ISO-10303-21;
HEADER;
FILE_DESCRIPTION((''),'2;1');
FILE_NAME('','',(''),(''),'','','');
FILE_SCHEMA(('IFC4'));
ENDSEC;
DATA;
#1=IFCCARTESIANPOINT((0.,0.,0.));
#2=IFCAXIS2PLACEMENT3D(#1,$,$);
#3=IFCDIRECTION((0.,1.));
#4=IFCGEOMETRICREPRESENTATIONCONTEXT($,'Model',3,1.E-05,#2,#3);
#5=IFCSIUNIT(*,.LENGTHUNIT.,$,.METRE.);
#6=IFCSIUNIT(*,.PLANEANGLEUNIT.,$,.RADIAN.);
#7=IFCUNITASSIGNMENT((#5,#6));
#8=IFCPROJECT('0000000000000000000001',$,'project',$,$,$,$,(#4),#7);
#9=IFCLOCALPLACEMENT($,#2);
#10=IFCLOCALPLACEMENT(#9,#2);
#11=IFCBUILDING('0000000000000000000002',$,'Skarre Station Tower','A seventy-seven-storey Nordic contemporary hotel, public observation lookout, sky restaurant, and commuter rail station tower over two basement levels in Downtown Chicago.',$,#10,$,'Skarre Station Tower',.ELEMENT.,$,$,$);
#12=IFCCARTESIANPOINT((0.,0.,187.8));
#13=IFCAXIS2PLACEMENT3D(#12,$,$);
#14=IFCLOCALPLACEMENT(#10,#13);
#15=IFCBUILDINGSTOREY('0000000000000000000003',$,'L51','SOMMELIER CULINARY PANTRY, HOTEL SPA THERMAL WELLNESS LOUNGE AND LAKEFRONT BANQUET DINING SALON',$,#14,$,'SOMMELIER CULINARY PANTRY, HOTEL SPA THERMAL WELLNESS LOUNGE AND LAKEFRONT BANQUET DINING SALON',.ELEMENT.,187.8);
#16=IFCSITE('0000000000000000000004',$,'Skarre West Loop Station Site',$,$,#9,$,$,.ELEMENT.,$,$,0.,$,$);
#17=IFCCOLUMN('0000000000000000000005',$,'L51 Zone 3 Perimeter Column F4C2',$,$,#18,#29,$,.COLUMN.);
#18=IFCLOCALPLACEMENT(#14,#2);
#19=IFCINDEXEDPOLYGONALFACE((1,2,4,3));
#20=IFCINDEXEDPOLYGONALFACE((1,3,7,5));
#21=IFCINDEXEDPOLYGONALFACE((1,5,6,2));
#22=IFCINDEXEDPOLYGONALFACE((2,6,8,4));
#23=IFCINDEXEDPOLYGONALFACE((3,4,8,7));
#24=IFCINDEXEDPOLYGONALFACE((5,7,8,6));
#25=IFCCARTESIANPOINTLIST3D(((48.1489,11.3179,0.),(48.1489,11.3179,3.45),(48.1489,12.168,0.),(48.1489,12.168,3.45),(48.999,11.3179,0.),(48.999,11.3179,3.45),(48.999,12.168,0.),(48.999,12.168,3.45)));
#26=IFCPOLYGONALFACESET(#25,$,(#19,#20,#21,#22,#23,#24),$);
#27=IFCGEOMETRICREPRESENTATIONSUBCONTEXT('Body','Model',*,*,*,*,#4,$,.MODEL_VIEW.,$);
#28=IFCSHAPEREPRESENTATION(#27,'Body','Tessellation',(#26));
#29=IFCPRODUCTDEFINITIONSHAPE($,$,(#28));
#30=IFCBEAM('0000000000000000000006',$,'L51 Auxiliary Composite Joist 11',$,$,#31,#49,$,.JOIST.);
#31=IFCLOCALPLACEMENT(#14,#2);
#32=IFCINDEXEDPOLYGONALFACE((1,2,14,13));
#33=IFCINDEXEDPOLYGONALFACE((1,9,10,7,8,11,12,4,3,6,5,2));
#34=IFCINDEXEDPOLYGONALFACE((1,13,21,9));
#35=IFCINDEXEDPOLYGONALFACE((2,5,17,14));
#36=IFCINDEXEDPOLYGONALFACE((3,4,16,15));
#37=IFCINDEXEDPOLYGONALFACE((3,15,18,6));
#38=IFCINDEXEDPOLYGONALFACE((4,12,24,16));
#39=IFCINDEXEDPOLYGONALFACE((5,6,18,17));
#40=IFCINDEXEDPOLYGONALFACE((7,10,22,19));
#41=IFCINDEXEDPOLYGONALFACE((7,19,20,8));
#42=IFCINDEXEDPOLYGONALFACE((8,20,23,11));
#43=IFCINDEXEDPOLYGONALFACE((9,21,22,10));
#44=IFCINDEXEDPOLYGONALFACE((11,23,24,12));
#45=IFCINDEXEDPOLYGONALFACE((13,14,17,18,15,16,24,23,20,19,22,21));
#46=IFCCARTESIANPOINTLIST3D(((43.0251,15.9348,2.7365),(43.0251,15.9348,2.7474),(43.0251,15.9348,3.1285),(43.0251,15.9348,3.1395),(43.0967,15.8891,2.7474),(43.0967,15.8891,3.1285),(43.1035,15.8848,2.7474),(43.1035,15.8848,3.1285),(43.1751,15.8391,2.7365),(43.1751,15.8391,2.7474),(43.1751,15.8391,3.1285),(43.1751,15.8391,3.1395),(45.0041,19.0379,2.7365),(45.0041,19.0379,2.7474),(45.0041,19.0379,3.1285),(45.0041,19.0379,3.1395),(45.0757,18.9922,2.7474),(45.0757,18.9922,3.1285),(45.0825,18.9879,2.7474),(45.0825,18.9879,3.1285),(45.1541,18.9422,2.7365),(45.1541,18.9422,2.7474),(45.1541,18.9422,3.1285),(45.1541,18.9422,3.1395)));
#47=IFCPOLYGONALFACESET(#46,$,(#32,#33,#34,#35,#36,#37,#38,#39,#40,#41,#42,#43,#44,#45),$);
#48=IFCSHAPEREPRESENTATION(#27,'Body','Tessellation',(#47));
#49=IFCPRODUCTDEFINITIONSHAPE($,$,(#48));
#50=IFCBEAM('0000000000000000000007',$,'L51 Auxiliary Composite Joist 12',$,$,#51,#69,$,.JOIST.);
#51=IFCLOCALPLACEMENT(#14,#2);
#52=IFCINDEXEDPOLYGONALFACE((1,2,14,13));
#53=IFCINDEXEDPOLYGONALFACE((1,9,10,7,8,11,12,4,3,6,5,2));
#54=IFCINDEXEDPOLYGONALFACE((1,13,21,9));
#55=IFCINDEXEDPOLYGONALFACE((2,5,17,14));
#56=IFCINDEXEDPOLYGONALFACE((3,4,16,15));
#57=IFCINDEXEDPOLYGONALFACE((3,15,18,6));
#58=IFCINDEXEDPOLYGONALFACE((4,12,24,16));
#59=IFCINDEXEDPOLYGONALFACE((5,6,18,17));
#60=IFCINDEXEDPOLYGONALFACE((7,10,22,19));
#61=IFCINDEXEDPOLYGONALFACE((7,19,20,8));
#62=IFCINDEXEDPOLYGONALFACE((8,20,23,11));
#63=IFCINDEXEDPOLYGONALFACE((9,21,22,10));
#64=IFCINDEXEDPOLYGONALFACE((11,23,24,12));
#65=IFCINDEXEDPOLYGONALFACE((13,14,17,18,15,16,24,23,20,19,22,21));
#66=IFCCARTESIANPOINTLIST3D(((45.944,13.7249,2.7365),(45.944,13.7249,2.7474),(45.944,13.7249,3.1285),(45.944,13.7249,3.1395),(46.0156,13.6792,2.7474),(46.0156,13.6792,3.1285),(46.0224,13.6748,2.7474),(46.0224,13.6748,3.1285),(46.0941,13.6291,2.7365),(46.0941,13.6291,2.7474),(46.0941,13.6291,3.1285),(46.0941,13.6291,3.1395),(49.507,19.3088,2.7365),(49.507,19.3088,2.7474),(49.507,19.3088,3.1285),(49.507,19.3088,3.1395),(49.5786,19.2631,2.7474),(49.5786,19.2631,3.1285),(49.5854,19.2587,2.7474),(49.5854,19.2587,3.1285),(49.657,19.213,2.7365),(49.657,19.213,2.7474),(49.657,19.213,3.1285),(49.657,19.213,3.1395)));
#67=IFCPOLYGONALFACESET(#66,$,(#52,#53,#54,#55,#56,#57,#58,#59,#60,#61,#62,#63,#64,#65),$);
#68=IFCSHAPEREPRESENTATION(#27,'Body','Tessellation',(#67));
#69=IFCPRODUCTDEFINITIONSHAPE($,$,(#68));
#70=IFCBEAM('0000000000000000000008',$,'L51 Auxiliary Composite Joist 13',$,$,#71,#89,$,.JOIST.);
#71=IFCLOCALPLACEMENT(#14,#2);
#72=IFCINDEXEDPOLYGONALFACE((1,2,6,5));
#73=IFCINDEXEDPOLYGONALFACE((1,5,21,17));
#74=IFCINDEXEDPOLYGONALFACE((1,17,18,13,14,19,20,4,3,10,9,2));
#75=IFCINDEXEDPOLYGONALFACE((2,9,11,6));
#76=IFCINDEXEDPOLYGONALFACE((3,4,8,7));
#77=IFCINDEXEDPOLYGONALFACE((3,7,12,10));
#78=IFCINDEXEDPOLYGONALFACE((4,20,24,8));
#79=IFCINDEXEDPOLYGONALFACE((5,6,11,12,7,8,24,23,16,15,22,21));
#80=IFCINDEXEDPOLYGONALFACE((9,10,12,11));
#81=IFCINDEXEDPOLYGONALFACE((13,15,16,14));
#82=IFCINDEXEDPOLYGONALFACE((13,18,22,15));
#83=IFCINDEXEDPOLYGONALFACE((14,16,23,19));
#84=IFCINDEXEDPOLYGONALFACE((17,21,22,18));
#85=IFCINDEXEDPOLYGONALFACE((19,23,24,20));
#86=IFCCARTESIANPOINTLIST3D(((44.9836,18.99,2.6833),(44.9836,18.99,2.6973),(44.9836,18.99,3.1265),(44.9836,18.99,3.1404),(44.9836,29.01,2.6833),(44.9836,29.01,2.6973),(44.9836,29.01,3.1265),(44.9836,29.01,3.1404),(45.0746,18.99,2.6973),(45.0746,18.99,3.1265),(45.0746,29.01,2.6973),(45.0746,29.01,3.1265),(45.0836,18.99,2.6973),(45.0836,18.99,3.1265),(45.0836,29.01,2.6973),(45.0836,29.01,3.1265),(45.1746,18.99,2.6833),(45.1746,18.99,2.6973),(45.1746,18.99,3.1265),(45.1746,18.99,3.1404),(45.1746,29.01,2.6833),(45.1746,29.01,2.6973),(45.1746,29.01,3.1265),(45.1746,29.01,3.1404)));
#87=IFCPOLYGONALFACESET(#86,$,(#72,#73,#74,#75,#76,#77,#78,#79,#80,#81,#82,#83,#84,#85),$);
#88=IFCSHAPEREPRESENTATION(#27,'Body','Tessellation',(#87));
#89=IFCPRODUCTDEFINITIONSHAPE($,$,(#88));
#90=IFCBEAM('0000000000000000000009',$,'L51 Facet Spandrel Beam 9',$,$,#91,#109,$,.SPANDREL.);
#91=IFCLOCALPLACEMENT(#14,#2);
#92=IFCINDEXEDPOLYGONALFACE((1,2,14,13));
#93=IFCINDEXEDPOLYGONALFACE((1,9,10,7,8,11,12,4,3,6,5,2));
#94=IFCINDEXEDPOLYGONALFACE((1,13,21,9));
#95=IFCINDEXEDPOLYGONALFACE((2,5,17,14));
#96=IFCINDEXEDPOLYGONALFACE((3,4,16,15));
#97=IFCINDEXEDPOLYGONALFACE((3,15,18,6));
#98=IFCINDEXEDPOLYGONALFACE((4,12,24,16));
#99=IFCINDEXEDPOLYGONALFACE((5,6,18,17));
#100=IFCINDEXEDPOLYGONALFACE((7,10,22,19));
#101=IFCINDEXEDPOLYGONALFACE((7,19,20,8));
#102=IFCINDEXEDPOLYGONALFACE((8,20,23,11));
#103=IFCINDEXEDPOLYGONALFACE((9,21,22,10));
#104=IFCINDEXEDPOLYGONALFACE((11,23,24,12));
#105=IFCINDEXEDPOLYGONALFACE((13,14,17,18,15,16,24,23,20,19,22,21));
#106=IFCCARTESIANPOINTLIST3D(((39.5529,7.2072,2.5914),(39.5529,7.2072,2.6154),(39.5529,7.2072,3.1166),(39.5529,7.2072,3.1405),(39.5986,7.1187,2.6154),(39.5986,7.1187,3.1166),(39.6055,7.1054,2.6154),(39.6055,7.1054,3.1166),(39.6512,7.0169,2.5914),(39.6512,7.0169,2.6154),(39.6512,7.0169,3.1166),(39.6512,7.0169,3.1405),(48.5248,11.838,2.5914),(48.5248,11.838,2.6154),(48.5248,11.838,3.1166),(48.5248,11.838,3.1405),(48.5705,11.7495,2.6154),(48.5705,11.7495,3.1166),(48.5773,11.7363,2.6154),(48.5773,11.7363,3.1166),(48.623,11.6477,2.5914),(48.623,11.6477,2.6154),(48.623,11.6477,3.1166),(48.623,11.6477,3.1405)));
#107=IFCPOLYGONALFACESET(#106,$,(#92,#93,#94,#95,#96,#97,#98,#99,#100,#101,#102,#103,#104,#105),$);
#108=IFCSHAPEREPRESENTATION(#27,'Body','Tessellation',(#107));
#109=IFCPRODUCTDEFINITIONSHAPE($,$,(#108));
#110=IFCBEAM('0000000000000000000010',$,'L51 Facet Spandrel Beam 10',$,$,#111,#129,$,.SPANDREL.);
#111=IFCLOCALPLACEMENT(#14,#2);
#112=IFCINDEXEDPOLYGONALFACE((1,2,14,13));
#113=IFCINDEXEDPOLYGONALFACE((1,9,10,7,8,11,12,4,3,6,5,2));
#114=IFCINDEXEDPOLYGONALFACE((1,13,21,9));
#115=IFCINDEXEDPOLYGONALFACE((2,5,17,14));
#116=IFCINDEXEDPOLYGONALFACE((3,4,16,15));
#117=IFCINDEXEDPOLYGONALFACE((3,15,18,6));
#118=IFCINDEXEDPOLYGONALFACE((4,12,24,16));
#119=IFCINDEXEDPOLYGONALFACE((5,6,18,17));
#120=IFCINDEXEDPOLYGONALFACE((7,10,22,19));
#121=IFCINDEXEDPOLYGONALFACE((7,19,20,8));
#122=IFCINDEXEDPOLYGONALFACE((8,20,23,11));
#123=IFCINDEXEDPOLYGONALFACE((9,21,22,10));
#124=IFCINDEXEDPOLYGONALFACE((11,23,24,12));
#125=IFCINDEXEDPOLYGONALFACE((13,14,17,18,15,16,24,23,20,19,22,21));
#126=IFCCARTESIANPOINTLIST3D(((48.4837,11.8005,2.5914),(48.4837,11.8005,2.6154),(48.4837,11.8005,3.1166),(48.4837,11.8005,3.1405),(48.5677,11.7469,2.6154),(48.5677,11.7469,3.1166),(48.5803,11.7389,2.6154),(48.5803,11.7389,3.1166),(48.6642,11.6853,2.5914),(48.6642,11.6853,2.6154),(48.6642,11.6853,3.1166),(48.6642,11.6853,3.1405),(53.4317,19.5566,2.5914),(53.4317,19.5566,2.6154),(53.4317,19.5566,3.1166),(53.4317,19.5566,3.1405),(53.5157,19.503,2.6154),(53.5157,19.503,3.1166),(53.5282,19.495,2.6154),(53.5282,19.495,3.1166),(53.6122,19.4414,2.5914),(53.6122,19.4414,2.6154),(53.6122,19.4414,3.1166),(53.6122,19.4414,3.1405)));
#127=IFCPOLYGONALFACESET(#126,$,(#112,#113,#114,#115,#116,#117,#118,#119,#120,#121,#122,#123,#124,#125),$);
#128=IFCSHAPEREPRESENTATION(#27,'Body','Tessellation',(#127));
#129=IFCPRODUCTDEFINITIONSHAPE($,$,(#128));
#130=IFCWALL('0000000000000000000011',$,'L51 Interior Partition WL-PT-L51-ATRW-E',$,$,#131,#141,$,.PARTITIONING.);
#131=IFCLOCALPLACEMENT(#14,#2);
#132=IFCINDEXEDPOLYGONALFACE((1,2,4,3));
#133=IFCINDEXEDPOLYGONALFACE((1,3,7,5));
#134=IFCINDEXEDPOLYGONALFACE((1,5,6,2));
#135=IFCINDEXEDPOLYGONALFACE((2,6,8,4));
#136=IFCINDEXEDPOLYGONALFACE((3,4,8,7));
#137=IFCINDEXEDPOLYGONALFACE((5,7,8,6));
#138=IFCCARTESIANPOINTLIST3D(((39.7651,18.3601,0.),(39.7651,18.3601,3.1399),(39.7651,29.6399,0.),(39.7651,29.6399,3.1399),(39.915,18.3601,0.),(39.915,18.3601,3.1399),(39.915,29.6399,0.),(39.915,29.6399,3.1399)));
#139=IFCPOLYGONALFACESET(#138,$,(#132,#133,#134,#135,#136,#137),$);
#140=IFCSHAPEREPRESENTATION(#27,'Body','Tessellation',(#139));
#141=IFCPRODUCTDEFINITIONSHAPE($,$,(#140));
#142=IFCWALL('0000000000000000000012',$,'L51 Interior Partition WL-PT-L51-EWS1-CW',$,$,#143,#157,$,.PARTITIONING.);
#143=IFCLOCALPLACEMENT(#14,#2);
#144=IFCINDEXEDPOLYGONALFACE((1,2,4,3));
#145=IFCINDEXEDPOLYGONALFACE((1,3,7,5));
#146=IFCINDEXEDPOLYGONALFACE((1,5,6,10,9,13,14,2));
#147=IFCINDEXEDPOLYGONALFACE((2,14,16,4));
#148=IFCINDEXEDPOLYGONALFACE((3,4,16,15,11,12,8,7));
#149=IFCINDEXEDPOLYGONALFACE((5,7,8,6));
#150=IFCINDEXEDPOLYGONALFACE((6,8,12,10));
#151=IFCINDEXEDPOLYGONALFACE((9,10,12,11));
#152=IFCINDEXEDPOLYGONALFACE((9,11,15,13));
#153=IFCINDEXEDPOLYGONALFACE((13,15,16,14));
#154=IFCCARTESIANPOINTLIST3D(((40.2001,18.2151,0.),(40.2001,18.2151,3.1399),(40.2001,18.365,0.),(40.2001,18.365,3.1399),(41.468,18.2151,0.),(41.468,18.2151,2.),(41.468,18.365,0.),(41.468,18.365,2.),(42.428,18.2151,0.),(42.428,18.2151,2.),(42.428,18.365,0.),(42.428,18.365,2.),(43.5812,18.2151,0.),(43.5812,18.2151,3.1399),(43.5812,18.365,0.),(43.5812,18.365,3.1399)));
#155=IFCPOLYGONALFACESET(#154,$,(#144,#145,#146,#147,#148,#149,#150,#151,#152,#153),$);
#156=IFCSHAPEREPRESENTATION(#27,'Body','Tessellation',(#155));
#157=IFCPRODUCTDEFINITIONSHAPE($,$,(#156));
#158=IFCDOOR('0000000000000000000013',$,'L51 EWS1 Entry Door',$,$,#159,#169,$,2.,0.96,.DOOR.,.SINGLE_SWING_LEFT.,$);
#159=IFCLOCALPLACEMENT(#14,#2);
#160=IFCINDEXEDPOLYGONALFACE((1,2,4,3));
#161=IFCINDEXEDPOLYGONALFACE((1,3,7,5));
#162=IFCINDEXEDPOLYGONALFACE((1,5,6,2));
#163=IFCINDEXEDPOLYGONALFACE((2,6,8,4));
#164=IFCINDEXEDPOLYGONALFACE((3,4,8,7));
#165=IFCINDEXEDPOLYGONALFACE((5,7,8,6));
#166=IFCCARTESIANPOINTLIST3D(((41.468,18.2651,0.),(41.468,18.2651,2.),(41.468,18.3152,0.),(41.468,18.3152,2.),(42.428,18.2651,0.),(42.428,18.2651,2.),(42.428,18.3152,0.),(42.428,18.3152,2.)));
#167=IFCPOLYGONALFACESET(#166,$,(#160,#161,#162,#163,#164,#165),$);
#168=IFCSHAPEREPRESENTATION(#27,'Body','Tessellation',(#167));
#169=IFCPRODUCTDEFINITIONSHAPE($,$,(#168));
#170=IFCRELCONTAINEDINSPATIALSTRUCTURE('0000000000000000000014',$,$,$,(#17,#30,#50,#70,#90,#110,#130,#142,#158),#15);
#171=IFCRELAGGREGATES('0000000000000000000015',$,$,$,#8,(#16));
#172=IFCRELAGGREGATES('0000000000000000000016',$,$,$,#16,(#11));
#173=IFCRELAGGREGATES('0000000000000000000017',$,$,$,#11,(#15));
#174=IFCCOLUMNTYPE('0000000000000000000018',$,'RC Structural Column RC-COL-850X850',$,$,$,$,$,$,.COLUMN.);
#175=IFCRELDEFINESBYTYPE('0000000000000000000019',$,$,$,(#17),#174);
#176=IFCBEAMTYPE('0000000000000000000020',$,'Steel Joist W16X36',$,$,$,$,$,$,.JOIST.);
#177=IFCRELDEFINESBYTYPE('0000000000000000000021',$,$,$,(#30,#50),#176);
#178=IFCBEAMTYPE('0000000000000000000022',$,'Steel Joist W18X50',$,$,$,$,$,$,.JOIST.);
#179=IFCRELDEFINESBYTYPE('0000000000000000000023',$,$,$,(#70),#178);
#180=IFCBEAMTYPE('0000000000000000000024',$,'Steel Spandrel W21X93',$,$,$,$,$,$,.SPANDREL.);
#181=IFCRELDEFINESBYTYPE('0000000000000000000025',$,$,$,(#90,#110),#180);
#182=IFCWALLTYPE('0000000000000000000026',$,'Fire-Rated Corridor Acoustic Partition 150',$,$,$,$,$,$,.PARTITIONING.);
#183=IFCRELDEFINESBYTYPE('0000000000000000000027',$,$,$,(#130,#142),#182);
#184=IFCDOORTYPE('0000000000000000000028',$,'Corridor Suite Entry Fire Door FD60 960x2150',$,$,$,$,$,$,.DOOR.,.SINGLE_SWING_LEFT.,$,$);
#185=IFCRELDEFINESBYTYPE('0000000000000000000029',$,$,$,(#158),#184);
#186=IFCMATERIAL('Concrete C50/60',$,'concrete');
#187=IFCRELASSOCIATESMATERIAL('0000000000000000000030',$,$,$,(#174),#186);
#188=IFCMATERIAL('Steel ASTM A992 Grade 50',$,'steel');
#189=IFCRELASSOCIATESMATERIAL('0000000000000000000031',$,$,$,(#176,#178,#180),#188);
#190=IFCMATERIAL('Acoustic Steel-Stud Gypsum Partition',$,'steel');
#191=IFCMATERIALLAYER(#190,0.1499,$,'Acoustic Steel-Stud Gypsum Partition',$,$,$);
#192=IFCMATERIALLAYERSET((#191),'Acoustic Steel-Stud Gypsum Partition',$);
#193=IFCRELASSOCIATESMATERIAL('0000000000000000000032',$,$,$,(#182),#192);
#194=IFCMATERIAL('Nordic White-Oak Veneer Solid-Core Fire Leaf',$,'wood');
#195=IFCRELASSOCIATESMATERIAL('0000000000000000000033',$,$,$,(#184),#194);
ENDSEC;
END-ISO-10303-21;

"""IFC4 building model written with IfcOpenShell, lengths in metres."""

from ifc_helpers import new_model, si_unit, direction, frame, frame_2d, origin, origin_2d, place, context, subcontext, project, spatial, rectangle, i_section, extrude, material, layer, layer_set, material_profile, profile_set, type_object, element, fill, save


model = new_model("IFC4")

# Units and contexts
model_context = context("Model", 3, precision=1e-05, world=origin(), true_north=direction((0.0, 1.0)))
body_context = subcontext(model_context, "Body", "Model", "MODEL_VIEW")
ifc_project = project(units=[si_unit("LENGTHUNIT", "METRE"), si_unit("PLANEANGLEUNIT", "RADIAN")], contexts=[model_context])

# Site, building, storey
site_placement = place(None, origin())
site = spatial("IfcSite", under=ifc_project, at=site_placement, Name="Skarre West Loop Station Site", CompositionType="ELEMENT", RefElevation=0.0)
building_placement = place(site_placement, origin())
building = spatial("IfcBuilding", under=site, at=building_placement, Name="Skarre Station Tower", Description="A seventy-seven-storey Nordic contemporary hotel, public observation lookout, sky restaurant, and commuter rail station tower over two basement levels in Downtown Chicago.", LongName="Skarre Station Tower", CompositionType="ELEMENT")
storey_placement = place(building_placement, frame((0.0, 0.0, 187.8)))
storey = spatial("IfcBuildingStorey", under=building, at=storey_placement, Name="L51", Description="SOMMELIER CULINARY PANTRY, HOTEL SPA THERMAL WELLNESS LOUNGE AND LAKEFRONT BANQUET DINING SALON", LongName="SOMMELIER CULINARY PANTRY, HOTEL SPA THERMAL WELLNESS LOUNGE AND LAKEFRONT BANQUET DINING SALON", CompositionType="ELEMENT", Elevation=187.8)

# Column
ifc_material_1 = material(Name="Concrete C50/60", Category="concrete")
ifc_material_profile_1 = material_profile(ifc_material_1, rectangle(XDim=0.8501, YDim=0.8501, at=origin_2d()), Name="Concrete C50/60")
ifc_profile_set_1 = profile_set([ifc_material_profile_1], Name="Concrete C50/60")
column_type = type_object("IfcColumnType", Name="RC Structural Column RC-COL-850X850", PredefinedType="COLUMN", material=ifc_profile_set_1)
column_placement = place(storey_placement, frame((48.574, 11.7429, 0.0), z_axis=(0.0, 0.0, 1.0), x_axis=(1.0, 0.0, 0.0)))
element("IfcColumn", 1, at=column_placement, inside=storey, type_object=column_type, Name="L51 Zone 3 Perimeter Column F4C2", PredefinedType="COLUMN", context=body_context, shape_type="SweptSolid", body=[
    extrude(rectangle(XDim=0.8501, YDim=0.8501, at=origin_2d()), origin(), (0.0, 0.0, 1.0), 3.45),
])

# Beams
ifc_material_2 = material(Name="Steel ASTM A992 Grade 50", Category="steel")
ifc_material_profile_2 = material_profile(ifc_material_2, i_section(OverallWidth=0.178, OverallDepth=0.4031, WebThickness=0.0081, FlangeThickness=0.011, at=origin_2d()), Name="Steel ASTM A992 Grade 50")
ifc_profile_set_2 = profile_set([ifc_material_profile_2], Name="Steel ASTM A992 Grade 50")
beam_type_1 = type_object("IfcBeamType", Name="Steel Joist W16X36", PredefinedType="JOIST", material=ifc_profile_set_2)
beam_1_placement = place(storey_placement, frame((43.1001, 15.887, 2.938), z_axis=(0.537717, 0.843126, 0.0), x_axis=(-0.843126, 0.537717, 0.0)))
element("IfcBeam", 2, at=beam_1_placement, inside=storey, type_object=beam_type_1, Name="L51 Auxiliary Composite Joist 11", PredefinedType="JOIST", context=body_context, shape_type="SweptSolid", body=[
    extrude(i_section(OverallWidth=0.178, OverallDepth=0.4031, WebThickness=0.0081, FlangeThickness=0.011, at=origin_2d()), origin(), (0.0, 0.0, 1.0), 3.6804),
])
beam_2_placement = place(storey_placement, frame((46.019, 13.677, 2.938), z_axis=(0.537901, 0.843008, 0.0), x_axis=(-0.843008, 0.537901, 0.0)))
element("IfcBeam", 3, at=beam_2_placement, inside=storey, type_object=beam_type_1, Name="L51 Auxiliary Composite Joist 12", PredefinedType="JOIST", context=body_context, shape_type="SweptSolid", body=[
    extrude(i_section(OverallWidth=0.178, OverallDepth=0.4031, WebThickness=0.0081, FlangeThickness=0.011, at=origin_2d()), origin(), (0.0, 0.0, 1.0), 6.6238),
])
ifc_material_profile_3 = material_profile(ifc_material_2, i_section(OverallWidth=0.1909, OverallDepth=0.457, WebThickness=0.009, FlangeThickness=0.0139, at=origin_2d()), Name="Steel ASTM A992 Grade 50")
ifc_profile_set_3 = profile_set([ifc_material_profile_3], Name="Steel ASTM A992 Grade 50")
beam_type_2 = type_object("IfcBeamType", Name="Steel Joist W18X50", PredefinedType="JOIST", material=ifc_profile_set_3)
beam_3_placement = place(storey_placement, frame((45.0791, 18.99, 2.9119), z_axis=(0.0, 1.0, 0.0), x_axis=(-1.0, 0.0, 0.0)))
element("IfcBeam", 4, at=beam_3_placement, inside=storey, type_object=beam_type_2, Name="L51 Auxiliary Composite Joist 13", PredefinedType="JOIST", context=body_context, shape_type="SweptSolid", body=[
    extrude(i_section(OverallWidth=0.1909, OverallDepth=0.457, WebThickness=0.009, FlangeThickness=0.0139, at=origin_2d()), origin(), (0.0, 0.0, 1.0), 10.02),
])
ifc_material_profile_4 = material_profile(ifc_material_2, i_section(OverallWidth=0.2141, OverallDepth=0.5491, WebThickness=0.0149, FlangeThickness=0.0239, at=origin_2d()), Name="Steel ASTM A992 Grade 50")
ifc_profile_set_4 = profile_set([ifc_material_profile_4], Name="Steel ASTM A992 Grade 50")
beam_type_3 = type_object("IfcBeamType", Name="Steel Spandrel W21X93", PredefinedType="SPANDREL", material=ifc_profile_set_4)
beam_4_placement = place(storey_placement, frame((39.6021, 7.1121, 2.866), z_axis=(0.888613, 0.458658, 0.0), x_axis=(-0.458658, 0.888613, 0.0)))
element("IfcBeam", 5, at=beam_4_placement, inside=storey, type_object=beam_type_3, Name="L51 Facet Spandrel Beam 9", PredefinedType="SPANDREL", context=body_context, shape_type="SweptSolid", body=[
    extrude(i_section(OverallWidth=0.2141, OverallDepth=0.5491, WebThickness=0.0149, FlangeThickness=0.0239, at=origin_2d()), origin(), (0.0, 0.0, 1.0), 10.0964),
])
beam_5_placement = place(storey_placement, frame((48.574, 11.7429, 2.866), z_axis=(0.537826, 0.843056, 0.0), x_axis=(-0.843056, 0.537826, 0.0)))
element("IfcBeam", 6, at=beam_5_placement, inside=storey, type_object=beam_type_3, Name="L51 Facet Spandrel Beam 10", PredefinedType="SPANDREL", context=body_context, shape_type="SweptSolid", body=[
    extrude(i_section(OverallWidth=0.2141, OverallDepth=0.5491, WebThickness=0.0149, FlangeThickness=0.0239, at=origin_2d()), origin(), (0.0, 0.0, 1.0), 9.2),
])

# Wall
ifc_material_3 = material(Name="Acoustic Steel-Stud Gypsum Partition", Category="steel")
ifc_layer_1 = layer(ifc_material_3, 0.1499, Name="Acoustic Steel-Stud Gypsum Partition")
ifc_layer_set_1 = layer_set([ifc_layer_1], Name="Acoustic Steel-Stud Gypsum Partition")
wall_type_1 = type_object("IfcWallType", Name="Fire-Rated Corridor Acoustic Partition 150", PredefinedType="PARTITIONING", material=ifc_layer_set_1)
wall_1_placement = place(storey_placement, frame((39.8401, 18.3601, 0.0), z_axis=(0.0, 0.0, 1.0), x_axis=(0.0, 1.0, 0.0)))
element("IfcWall", 7, at=wall_1_placement, inside=storey, type_object=wall_type_1, Name="L51 Interior Partition WL-PT-L51-ATRW-E", PredefinedType="PARTITIONING", context=body_context, shape_type="SweptSolid", body=[
    extrude(rectangle(XDim=11.2798, YDim=0.1499, at=frame_2d((5.6399, 0.0))), origin(), (0.0, 0.0, 1.0), 3.1399),
])

# Wall, opening, door
wall_2_placement = place(storey_placement, frame((43.5811, 18.29, 0.0), z_axis=(0.0, 0.0, 1.0), x_axis=(-1.0, 0.0, 0.0)))
wall_2 = element("IfcWall", 8, at=wall_2_placement, inside=storey, type_object=wall_type_1, Name="L51 Interior Partition WL-PT-L51-EWS1-CW", PredefinedType="PARTITIONING", context=body_context, shape_type="SweptSolid", body=[
    extrude(rectangle(XDim=3.3811, YDim=0.1499, at=frame_2d((1.6904, 0.0))), origin(), (0.0, 0.0, 1.0), 3.1399),
])
opening_1_placement = place(wall_2_placement, frame((1.1531, 0.0, 0.0)))
opening_1 = element("IfcOpeningElement", 9, at=opening_1_placement, cuts=wall_2, PredefinedType="OPENING", context=body_context, shape_type="SweptSolid", body=[
    extrude(rectangle(XDim=0.96, YDim=2.0, at=frame_2d((0.48, 1.0))), frame((0.0, 0.085, 0.0), z_axis=(0.0, -1.0, 0.0), x_axis=(1.0, 0.0, 0.0)), (0.0, 0.0, 1.0), 0.1699),
])
ifc_material_4 = material(Name="Nordic White-Oak Veneer Solid-Core Fire Leaf", Category="wood")
door_type = type_object("IfcDoorType", Name="Corridor Suite Entry Fire Door FD60 960x2150", OperationType="SINGLE_SWING_LEFT", PredefinedType="DOOR", material=ifc_material_4)
door_1_placement = place(opening_1_placement, origin())
door_1 = element("IfcDoor", 10, at=door_1_placement, inside=storey, type_object=door_type, Name="L51 EWS1 Entry Door", OperationType="SINGLE_SWING_LEFT", OverallHeight=2.0, OverallWidth=0.96, PredefinedType="DOOR", context=body_context, shape_type="SweptSolid", body=[
    extrude(rectangle(XDim=0.96, YDim=2.0, at=frame_2d((0.48, 1.0))), frame((0.0, 0.0249, 0.0), z_axis=(0.0, -1.0, 0.0), x_axis=(1.0, 0.0, 0.0)), (0.0, 0.0, 1.0), 0.05),
])
fill(opening_1, door_1)

save(model, "model.ifc")
